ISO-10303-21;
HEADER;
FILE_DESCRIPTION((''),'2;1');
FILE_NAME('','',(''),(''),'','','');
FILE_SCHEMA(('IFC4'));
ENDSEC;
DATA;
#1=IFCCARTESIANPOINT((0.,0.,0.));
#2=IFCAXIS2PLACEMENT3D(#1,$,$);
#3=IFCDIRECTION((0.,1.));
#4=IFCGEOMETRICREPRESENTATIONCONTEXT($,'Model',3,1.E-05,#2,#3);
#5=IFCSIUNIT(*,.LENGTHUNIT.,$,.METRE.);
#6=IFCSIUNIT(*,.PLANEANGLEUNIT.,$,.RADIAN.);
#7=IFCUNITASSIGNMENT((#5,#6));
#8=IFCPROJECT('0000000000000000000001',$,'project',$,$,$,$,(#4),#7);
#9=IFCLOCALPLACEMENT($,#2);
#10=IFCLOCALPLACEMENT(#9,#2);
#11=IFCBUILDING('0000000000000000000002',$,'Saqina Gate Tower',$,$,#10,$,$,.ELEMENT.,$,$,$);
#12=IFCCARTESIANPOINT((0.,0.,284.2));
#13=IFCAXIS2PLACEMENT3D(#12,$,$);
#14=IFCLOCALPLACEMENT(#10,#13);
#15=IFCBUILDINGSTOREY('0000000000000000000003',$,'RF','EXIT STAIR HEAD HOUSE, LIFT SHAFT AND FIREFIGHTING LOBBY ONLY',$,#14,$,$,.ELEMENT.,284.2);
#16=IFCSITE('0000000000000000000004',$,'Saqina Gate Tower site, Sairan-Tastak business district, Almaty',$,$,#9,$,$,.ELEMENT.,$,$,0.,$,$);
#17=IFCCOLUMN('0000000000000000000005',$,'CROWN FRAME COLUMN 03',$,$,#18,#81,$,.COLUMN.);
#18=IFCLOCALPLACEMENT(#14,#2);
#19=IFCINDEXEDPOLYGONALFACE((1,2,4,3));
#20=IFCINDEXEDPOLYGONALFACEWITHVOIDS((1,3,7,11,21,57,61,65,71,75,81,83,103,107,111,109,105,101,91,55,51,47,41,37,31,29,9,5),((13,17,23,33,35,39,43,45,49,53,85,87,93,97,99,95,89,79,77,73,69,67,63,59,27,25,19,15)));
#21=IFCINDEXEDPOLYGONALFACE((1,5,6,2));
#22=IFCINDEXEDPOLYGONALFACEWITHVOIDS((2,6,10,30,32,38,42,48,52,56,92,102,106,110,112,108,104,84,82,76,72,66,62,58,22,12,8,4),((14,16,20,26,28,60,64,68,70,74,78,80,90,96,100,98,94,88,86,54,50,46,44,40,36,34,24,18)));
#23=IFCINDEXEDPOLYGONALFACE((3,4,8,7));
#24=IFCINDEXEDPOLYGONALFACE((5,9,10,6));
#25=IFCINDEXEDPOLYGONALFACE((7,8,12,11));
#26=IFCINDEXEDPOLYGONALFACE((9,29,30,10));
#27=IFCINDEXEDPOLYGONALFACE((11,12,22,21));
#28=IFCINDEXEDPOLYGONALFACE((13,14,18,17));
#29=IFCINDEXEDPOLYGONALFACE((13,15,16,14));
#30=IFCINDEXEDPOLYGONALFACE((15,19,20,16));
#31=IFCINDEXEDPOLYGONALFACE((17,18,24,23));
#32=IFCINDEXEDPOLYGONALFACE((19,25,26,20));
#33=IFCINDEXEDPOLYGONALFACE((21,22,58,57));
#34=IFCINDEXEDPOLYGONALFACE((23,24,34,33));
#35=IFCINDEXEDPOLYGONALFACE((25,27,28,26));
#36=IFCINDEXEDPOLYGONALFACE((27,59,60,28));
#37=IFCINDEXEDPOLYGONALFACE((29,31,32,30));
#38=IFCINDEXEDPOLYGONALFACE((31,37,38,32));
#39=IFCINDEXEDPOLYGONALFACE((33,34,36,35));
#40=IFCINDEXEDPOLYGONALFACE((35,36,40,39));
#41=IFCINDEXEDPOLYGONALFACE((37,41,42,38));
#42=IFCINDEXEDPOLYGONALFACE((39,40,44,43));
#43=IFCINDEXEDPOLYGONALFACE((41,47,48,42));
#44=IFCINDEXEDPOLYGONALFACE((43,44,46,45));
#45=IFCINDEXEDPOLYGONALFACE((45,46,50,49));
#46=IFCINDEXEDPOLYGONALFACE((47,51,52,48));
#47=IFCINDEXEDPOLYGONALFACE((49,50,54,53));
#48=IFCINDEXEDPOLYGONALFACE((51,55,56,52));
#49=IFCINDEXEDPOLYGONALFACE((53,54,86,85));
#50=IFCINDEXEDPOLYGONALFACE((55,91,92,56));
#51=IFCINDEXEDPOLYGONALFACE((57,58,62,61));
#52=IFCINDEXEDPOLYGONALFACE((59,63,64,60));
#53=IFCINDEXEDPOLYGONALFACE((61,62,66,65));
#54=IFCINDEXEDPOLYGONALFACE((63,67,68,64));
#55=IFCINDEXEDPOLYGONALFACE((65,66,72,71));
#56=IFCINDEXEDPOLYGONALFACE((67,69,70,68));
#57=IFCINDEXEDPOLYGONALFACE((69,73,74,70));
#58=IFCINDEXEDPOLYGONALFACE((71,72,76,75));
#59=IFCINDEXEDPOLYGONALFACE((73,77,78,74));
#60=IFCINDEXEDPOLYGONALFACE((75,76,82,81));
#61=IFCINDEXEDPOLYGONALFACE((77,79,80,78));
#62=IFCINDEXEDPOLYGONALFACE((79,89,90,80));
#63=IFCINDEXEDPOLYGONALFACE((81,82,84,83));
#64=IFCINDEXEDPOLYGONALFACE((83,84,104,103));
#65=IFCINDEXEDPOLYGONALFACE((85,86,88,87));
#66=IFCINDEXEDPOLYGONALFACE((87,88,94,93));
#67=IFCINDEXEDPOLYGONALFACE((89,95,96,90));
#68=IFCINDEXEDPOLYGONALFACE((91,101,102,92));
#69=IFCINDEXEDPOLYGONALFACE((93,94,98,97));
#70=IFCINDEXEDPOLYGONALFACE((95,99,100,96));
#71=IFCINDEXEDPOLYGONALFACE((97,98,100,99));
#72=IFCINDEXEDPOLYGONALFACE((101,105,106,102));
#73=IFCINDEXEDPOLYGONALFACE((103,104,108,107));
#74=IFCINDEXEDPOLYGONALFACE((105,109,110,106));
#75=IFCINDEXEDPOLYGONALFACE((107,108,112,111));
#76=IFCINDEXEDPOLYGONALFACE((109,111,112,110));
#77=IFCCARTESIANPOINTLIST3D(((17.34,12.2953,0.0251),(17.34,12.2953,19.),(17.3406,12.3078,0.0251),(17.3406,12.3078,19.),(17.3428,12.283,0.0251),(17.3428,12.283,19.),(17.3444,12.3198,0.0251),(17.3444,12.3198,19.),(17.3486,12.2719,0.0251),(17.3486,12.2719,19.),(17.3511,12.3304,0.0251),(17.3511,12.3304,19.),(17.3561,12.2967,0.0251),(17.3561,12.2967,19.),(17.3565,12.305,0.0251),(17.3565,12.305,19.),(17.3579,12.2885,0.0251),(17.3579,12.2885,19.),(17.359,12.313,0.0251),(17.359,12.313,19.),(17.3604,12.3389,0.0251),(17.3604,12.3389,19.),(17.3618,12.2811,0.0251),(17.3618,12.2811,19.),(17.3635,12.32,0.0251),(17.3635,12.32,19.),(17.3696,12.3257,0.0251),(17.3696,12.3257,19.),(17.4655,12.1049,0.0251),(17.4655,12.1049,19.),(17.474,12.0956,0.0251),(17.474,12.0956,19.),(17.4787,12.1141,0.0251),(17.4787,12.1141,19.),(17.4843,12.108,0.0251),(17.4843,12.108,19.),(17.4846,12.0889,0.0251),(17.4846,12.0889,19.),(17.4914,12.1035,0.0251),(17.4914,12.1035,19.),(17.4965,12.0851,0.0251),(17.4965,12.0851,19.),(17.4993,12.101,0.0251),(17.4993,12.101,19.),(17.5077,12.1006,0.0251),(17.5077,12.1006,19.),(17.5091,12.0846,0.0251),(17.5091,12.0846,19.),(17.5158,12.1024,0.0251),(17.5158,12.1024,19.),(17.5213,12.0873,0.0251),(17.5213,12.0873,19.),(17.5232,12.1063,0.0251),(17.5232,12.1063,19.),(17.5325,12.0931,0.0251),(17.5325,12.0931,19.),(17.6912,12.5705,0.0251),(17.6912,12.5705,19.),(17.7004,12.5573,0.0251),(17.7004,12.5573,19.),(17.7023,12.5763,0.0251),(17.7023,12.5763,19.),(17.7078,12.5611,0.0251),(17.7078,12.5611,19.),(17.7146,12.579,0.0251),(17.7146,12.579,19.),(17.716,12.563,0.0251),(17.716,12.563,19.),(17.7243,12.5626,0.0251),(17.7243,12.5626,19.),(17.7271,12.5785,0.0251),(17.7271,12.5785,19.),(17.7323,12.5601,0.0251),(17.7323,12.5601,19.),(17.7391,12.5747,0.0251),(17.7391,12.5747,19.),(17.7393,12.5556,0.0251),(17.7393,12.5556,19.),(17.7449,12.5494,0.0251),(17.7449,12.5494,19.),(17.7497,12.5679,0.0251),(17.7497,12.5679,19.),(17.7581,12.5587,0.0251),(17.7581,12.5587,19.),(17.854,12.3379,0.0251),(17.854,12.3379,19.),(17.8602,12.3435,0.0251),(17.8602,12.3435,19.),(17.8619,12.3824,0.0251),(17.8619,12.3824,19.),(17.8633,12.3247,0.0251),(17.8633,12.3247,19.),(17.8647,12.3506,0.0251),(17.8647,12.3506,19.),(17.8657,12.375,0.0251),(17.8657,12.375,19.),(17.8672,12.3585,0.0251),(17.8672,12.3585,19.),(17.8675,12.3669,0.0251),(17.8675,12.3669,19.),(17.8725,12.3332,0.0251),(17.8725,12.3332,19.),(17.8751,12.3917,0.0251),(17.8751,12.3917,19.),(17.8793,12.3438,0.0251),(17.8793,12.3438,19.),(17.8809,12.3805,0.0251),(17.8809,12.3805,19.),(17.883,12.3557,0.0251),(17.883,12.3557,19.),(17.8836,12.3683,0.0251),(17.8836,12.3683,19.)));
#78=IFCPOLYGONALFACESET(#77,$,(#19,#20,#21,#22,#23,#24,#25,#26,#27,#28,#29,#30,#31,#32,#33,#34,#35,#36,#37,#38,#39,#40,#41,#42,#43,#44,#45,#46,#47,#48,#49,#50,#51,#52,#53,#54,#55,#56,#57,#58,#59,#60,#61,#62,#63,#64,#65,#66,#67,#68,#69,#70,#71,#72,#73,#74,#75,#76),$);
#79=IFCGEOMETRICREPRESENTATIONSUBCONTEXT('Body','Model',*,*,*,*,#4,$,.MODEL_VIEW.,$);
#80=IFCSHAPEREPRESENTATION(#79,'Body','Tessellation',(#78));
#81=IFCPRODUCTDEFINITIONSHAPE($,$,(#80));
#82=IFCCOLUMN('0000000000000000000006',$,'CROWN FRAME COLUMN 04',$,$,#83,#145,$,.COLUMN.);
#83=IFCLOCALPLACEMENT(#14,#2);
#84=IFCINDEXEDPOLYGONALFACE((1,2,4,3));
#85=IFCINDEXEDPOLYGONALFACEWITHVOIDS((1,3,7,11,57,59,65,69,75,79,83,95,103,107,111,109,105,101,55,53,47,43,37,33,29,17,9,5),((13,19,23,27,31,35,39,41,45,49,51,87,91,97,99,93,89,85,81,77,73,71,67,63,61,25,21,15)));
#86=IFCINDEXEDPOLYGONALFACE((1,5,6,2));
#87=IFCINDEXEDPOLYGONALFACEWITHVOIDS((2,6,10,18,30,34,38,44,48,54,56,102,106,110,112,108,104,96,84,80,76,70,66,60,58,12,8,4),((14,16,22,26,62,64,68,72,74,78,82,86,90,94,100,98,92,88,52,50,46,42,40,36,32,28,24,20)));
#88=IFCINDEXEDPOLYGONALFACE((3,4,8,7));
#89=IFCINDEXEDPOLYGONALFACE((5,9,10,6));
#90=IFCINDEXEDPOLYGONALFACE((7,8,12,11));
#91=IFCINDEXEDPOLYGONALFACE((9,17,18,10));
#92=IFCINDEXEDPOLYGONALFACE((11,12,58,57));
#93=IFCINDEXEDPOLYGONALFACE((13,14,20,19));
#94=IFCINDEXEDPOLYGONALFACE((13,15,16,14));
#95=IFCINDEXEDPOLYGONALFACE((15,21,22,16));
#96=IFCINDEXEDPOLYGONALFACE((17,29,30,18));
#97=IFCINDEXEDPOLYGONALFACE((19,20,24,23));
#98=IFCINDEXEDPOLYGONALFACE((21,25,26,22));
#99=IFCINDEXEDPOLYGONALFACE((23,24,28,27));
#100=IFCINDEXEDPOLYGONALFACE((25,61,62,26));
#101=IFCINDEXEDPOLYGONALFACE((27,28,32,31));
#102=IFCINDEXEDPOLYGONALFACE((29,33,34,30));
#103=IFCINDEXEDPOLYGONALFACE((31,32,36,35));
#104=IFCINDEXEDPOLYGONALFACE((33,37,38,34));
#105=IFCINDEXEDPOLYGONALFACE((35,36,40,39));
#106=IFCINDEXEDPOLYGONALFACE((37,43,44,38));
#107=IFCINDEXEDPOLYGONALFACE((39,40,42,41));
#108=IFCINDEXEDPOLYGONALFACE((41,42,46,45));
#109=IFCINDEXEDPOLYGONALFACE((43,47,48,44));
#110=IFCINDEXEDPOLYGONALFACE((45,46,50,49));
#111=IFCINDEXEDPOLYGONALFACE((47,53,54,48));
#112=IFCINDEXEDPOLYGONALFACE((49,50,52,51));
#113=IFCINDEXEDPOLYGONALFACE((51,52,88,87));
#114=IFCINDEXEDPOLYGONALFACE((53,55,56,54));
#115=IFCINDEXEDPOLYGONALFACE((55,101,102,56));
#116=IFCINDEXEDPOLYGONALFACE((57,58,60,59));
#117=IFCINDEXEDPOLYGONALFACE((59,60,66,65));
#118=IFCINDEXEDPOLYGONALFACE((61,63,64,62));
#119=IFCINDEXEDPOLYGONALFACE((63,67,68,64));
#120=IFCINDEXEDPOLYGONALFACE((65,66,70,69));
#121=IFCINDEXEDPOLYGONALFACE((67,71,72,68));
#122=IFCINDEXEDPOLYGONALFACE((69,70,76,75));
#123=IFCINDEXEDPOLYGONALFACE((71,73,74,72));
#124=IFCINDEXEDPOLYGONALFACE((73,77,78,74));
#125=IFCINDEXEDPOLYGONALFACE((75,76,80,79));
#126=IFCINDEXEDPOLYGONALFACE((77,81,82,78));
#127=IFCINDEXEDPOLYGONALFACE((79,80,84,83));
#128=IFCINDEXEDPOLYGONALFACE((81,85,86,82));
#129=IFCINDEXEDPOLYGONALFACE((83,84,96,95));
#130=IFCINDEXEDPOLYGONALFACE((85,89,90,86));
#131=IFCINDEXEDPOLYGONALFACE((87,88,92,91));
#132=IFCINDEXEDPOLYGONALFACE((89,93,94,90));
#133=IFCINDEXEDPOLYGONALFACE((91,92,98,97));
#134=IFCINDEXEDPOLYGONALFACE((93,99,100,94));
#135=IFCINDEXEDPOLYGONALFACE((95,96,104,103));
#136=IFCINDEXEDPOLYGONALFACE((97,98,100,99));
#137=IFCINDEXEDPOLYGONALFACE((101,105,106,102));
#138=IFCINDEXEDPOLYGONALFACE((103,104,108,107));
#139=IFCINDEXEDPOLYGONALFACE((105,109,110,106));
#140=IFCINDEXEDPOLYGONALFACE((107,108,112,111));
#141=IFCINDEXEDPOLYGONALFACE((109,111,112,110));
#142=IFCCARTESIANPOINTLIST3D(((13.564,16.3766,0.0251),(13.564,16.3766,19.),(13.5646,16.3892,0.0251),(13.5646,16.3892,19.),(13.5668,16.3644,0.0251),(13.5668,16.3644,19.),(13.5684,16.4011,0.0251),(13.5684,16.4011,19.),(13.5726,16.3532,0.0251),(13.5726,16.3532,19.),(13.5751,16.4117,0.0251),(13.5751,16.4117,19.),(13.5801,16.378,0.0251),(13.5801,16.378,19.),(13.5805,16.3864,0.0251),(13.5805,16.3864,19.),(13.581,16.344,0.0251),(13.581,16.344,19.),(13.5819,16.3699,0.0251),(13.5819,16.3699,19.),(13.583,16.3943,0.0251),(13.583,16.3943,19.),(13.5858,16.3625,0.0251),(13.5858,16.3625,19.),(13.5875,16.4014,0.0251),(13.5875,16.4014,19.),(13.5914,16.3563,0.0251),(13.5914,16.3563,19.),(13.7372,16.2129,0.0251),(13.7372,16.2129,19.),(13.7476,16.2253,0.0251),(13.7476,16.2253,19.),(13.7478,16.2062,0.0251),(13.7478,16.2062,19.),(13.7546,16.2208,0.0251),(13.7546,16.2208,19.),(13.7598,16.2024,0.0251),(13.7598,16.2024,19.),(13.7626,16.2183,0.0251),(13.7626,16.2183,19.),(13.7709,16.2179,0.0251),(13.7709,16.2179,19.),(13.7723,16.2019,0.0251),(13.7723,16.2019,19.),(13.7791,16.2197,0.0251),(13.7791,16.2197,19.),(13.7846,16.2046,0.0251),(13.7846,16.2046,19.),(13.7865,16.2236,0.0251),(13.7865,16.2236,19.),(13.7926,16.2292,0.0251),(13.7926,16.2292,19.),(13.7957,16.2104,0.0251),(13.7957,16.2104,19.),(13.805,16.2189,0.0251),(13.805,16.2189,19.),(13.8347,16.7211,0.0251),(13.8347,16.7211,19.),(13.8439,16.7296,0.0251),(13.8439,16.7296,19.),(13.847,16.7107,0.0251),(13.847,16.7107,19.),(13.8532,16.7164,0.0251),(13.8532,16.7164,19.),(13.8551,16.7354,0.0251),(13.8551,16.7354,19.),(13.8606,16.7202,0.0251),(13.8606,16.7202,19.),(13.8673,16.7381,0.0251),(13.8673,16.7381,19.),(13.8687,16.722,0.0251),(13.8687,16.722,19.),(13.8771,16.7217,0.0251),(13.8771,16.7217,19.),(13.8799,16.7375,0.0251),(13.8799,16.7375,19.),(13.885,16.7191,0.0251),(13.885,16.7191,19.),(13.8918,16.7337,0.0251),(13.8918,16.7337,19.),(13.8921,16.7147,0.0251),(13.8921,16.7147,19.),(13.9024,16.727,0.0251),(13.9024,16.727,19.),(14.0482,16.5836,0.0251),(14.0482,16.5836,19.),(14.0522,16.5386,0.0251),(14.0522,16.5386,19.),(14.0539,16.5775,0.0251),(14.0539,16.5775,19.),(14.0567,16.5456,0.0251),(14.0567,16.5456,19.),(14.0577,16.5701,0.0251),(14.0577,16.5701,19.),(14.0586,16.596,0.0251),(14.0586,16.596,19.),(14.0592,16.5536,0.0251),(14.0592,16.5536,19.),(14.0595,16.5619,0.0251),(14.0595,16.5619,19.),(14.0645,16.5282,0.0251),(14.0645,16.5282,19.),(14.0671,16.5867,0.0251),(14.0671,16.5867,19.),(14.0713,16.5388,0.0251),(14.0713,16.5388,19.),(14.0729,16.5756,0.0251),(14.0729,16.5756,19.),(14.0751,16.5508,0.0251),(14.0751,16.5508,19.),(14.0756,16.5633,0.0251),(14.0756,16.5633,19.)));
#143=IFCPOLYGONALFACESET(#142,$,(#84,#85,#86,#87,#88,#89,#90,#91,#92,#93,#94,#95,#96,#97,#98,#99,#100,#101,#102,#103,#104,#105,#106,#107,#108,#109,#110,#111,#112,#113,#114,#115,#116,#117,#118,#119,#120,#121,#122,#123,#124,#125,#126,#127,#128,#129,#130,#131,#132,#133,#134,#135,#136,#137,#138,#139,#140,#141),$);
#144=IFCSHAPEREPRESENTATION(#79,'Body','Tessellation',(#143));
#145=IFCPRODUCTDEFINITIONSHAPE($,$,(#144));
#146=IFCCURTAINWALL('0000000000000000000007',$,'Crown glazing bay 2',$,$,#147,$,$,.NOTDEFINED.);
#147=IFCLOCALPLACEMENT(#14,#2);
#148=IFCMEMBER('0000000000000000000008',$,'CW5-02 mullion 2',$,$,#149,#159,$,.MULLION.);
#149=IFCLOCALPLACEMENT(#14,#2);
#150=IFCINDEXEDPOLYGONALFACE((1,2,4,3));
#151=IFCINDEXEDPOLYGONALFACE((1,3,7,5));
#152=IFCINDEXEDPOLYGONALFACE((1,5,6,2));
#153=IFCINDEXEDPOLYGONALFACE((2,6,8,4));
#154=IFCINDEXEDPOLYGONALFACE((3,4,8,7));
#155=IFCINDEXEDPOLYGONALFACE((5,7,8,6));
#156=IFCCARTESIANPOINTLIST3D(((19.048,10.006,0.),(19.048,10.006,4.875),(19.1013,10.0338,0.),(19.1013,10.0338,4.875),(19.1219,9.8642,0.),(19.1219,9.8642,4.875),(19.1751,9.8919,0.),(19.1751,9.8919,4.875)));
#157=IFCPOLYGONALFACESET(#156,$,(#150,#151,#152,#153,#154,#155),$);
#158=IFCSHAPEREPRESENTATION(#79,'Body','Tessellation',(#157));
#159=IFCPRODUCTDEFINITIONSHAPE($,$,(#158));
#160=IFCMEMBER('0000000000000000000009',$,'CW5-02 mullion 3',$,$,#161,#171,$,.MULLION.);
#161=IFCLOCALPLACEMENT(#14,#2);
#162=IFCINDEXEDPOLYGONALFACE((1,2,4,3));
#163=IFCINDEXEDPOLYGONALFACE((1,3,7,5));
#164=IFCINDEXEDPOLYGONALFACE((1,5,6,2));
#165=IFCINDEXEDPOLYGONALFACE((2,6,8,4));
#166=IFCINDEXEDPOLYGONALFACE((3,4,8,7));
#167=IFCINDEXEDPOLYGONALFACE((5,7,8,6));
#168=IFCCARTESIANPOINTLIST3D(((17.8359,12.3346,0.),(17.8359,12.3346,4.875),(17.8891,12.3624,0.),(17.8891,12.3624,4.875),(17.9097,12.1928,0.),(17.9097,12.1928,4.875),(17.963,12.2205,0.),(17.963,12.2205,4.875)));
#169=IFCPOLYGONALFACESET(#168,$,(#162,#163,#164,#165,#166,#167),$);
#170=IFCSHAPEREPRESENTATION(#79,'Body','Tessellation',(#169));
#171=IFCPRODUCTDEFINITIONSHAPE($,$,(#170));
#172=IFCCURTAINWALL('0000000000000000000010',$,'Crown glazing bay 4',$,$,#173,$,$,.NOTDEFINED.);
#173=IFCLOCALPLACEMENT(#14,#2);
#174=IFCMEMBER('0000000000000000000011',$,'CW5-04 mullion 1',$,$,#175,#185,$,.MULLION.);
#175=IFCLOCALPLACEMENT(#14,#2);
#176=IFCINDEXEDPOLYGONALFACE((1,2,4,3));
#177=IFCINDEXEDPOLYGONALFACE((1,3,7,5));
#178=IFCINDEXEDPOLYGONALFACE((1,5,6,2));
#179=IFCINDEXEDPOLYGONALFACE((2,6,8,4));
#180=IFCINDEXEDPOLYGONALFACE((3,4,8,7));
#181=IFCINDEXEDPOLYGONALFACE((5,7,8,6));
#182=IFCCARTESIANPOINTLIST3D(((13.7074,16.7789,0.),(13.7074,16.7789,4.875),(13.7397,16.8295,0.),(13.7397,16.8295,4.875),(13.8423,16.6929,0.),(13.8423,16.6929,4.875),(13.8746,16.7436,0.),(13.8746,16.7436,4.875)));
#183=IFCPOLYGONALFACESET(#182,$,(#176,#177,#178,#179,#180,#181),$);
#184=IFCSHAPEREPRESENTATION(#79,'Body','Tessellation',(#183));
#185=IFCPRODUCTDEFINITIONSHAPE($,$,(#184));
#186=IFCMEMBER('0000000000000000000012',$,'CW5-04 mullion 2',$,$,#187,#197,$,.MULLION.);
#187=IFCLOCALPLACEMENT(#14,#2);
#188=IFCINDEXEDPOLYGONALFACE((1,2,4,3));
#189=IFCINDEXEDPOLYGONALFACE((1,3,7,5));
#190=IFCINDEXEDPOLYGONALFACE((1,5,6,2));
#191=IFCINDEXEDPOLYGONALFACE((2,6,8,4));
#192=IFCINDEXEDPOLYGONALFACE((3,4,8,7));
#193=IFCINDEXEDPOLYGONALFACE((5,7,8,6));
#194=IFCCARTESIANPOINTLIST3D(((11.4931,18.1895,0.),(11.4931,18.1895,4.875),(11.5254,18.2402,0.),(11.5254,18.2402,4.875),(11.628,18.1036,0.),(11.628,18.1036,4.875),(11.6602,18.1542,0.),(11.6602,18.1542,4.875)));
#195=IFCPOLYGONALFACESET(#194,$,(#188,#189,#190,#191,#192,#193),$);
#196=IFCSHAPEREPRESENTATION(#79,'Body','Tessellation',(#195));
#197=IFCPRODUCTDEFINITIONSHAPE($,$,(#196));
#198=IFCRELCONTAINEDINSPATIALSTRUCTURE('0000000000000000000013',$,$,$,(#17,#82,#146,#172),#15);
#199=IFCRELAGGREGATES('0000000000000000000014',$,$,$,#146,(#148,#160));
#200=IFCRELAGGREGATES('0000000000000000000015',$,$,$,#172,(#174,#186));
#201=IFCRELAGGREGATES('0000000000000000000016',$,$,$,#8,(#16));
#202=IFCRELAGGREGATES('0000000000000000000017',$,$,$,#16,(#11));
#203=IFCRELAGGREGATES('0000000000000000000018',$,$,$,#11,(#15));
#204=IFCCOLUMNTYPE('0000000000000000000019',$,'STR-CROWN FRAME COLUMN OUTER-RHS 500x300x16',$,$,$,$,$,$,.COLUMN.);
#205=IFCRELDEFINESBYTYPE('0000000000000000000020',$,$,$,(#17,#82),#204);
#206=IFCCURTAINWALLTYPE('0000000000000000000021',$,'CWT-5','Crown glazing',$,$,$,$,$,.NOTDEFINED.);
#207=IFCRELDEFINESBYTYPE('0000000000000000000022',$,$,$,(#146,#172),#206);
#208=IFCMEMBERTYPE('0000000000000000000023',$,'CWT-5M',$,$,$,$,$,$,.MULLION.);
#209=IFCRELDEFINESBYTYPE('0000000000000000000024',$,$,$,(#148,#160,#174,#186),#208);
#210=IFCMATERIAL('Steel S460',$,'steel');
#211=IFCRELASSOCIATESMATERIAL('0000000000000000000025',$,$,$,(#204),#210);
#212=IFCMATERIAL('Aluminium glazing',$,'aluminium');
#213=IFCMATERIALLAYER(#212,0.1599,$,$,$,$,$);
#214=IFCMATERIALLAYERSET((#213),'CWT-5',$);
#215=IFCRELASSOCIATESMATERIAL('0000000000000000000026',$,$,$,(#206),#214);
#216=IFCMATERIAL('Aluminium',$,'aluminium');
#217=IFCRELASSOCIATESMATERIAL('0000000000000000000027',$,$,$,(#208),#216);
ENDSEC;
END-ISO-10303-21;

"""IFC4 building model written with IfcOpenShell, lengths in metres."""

from ifc_helpers import new_model, si_unit, direction, frame, origin, origin_2d, place, context, subcontext, project, spatial, rectangle, hollow_rectangle, extrude, material, layer, layer_set, material_profile, profile_set, type_object, element, aggregate, save


model = new_model("IFC4")

# Units and contexts
model_context = context("Model", 3, precision=1e-05, world=origin(), true_north=direction((0.0, 1.0)))
body_context = subcontext(model_context, "Body", "Model", "MODEL_VIEW")
ifc_project = project(units=[si_unit("LENGTHUNIT", "METRE"), si_unit("PLANEANGLEUNIT", "RADIAN")], contexts=[model_context])

# Site, building, storey
site_placement = place(None, origin())
site = spatial("IfcSite", under=ifc_project, at=site_placement, Name="Saqina Gate Tower site, Sairan-Tastak business district, Almaty", CompositionType="ELEMENT", RefElevation=0.0)
building_placement = place(site_placement, origin())
building = spatial("IfcBuilding", under=site, at=building_placement, Name="Saqina Gate Tower", CompositionType="ELEMENT")
storey_placement = place(building_placement, frame((0.0, 0.0, 284.2)))
storey = spatial("IfcBuildingStorey", under=building, at=storey_placement, Name="RF", Description="EXIT STAIR HEAD HOUSE, LIFT SHAFT AND FIREFIGHTING LOBBY ONLY", CompositionType="ELEMENT", Elevation=284.2)

# Columns
ifc_material_1 = material(Name="Steel S460", Category="steel")
ifc_material_profile_1 = material_profile(ifc_material_1, hollow_rectangle(XDim=0.3, YDim=0.5, WallThickness=0.0161, InnerFilletRadius=0.032, OuterFilletRadius=0.0481, at=origin_2d()), Name="RHS 500x300x16")
ifc_profile_set_1 = profile_set([ifc_material_profile_1], Name="Steel S460")
column_type = type_object("IfcColumnType", Name="STR-CROWN FRAME COLUMN OUTER-RHS 500x300x16", PredefinedType="COLUMN", material=ifc_profile_set_1)
for number, where, z_axis, x_axis, name in (
    (1, (17.6118, 12.3318, 0.0251), (0.0, 0.0, 1.0), (-0.573576, 0.819152, 0.0), "CROWN FRAME COLUMN 03"),
    (2, (13.8198, 16.47, 0.0251), (0.0, 0.0, 1.0), (-0.766044, 0.642788, 0.0), "CROWN FRAME COLUMN 04"),
):
    element("IfcColumn", number, at=place(storey_placement, frame(where, z_axis=z_axis, x_axis=x_axis)), inside=storey, type_object=column_type, Name=name, PredefinedType="COLUMN", context=body_context, shape_type="SweptSolid", body=[
        extrude(hollow_rectangle(XDim=0.3, YDim=0.5, WallThickness=0.0161, InnerFilletRadius=0.032, OuterFilletRadius=0.0481, at=origin_2d()), origin(), (0.0, 0.0, 1.0), 18.9749),
    ])

# Curtain walls, members
ifc_material_2 = material(Name="Aluminium glazing", Category="aluminium")
ifc_layer_1 = layer(ifc_material_2, 0.1599)
ifc_layer_set_1 = layer_set([ifc_layer_1], Name="CWT-5")
curtain_wall_type = type_object("IfcCurtainWallType", Name="CWT-5", Description="Crown glazing", PredefinedType="NOTDEFINED", material=ifc_layer_set_1)
curtain_wall_1_placement = place(storey_placement, origin())
curtain_wall_1 = element("IfcCurtainWall", 3, at=curtain_wall_1_placement, inside=storey, type_object=curtain_wall_type, Name="Crown glazing bay 2", PredefinedType="NOTDEFINED")
ifc_material_3 = material(Name="Aluminium", Category="aluminium")
ifc_material_profile_2 = material_profile(ifc_material_3, rectangle(XDim=0.0601, YDim=0.1599, at=origin_2d()), Name="Aluminium 60x160")
ifc_profile_set_2 = profile_set([ifc_material_profile_2], Name="Aluminium")
member_type_1 = type_object("IfcMemberType", Name="CWT-5M", PredefinedType="MULLION", material=ifc_profile_set_2)
member_1_placement = place(storey_placement, frame((19.1116, 9.949, 0.0), z_axis=(0.0, 0.0, 1.0), x_axis=(-0.88701, -0.461751, 0.0)))
member_1 = element("IfcMember", 4, at=member_1_placement, type_object=member_type_1, Name="CW5-02 mullion 2", PredefinedType="MULLION", context=body_context, shape_type="SweptSolid", body=[
    extrude(rectangle(XDim=0.0601, YDim=0.1599, at=origin_2d()), origin(), (0.0, 0.0, 1.0), 4.875),
])
member_2_placement = place(storey_placement, frame((17.8994, 12.2776, 0.0), z_axis=(0.0, 0.0, 1.0), x_axis=(-0.88701, -0.461751, 0.0)))
member_2 = element("IfcMember", 5, at=member_2_placement, type_object=member_type_1, Name="CW5-02 mullion 3", PredefinedType="MULLION", context=body_context, shape_type="SweptSolid", body=[
    extrude(rectangle(XDim=0.0601, YDim=0.1599, at=origin_2d()), origin(), (0.0, 0.0, 1.0), 4.875),
])
curtain_wall_2_placement = place(storey_placement, origin())
curtain_wall_2 = element("IfcCurtainWall", 6, at=curtain_wall_2_placement, inside=storey, type_object=curtain_wall_type, Name="Crown glazing bay 4", PredefinedType="NOTDEFINED")
member_3_placement = place(storey_placement, frame((13.791, 16.7612, 0.0), z_axis=(0.0, 0.0, 1.0), x_axis=(-0.537295, -0.843395, 0.0)))
member_3 = element("IfcMember", 7, at=member_3_placement, type_object=member_type_1, Name="CW5-04 mullion 1", PredefinedType="MULLION", context=body_context, shape_type="SweptSolid", body=[
    extrude(rectangle(XDim=0.0601, YDim=0.1599, at=origin_2d()), origin(), (0.0, 0.0, 1.0), 4.875),
])
member_4_placement = place(storey_placement, frame((11.5767, 18.1719, 0.0), z_axis=(0.0, 0.0, 1.0), x_axis=(-0.537295, -0.843395, 0.0)))
member_4 = element("IfcMember", 8, at=member_4_placement, type_object=member_type_1, Name="CW5-04 mullion 2", PredefinedType="MULLION", context=body_context, shape_type="SweptSolid", body=[
    extrude(rectangle(XDim=0.0601, YDim=0.1599, at=origin_2d()), origin(), (0.0, 0.0, 1.0), 4.875),
])

aggregate(curtain_wall_1, [member_1, member_2])
aggregate(curtain_wall_2, [member_3, member_4])

save(model, "model.ifc")
